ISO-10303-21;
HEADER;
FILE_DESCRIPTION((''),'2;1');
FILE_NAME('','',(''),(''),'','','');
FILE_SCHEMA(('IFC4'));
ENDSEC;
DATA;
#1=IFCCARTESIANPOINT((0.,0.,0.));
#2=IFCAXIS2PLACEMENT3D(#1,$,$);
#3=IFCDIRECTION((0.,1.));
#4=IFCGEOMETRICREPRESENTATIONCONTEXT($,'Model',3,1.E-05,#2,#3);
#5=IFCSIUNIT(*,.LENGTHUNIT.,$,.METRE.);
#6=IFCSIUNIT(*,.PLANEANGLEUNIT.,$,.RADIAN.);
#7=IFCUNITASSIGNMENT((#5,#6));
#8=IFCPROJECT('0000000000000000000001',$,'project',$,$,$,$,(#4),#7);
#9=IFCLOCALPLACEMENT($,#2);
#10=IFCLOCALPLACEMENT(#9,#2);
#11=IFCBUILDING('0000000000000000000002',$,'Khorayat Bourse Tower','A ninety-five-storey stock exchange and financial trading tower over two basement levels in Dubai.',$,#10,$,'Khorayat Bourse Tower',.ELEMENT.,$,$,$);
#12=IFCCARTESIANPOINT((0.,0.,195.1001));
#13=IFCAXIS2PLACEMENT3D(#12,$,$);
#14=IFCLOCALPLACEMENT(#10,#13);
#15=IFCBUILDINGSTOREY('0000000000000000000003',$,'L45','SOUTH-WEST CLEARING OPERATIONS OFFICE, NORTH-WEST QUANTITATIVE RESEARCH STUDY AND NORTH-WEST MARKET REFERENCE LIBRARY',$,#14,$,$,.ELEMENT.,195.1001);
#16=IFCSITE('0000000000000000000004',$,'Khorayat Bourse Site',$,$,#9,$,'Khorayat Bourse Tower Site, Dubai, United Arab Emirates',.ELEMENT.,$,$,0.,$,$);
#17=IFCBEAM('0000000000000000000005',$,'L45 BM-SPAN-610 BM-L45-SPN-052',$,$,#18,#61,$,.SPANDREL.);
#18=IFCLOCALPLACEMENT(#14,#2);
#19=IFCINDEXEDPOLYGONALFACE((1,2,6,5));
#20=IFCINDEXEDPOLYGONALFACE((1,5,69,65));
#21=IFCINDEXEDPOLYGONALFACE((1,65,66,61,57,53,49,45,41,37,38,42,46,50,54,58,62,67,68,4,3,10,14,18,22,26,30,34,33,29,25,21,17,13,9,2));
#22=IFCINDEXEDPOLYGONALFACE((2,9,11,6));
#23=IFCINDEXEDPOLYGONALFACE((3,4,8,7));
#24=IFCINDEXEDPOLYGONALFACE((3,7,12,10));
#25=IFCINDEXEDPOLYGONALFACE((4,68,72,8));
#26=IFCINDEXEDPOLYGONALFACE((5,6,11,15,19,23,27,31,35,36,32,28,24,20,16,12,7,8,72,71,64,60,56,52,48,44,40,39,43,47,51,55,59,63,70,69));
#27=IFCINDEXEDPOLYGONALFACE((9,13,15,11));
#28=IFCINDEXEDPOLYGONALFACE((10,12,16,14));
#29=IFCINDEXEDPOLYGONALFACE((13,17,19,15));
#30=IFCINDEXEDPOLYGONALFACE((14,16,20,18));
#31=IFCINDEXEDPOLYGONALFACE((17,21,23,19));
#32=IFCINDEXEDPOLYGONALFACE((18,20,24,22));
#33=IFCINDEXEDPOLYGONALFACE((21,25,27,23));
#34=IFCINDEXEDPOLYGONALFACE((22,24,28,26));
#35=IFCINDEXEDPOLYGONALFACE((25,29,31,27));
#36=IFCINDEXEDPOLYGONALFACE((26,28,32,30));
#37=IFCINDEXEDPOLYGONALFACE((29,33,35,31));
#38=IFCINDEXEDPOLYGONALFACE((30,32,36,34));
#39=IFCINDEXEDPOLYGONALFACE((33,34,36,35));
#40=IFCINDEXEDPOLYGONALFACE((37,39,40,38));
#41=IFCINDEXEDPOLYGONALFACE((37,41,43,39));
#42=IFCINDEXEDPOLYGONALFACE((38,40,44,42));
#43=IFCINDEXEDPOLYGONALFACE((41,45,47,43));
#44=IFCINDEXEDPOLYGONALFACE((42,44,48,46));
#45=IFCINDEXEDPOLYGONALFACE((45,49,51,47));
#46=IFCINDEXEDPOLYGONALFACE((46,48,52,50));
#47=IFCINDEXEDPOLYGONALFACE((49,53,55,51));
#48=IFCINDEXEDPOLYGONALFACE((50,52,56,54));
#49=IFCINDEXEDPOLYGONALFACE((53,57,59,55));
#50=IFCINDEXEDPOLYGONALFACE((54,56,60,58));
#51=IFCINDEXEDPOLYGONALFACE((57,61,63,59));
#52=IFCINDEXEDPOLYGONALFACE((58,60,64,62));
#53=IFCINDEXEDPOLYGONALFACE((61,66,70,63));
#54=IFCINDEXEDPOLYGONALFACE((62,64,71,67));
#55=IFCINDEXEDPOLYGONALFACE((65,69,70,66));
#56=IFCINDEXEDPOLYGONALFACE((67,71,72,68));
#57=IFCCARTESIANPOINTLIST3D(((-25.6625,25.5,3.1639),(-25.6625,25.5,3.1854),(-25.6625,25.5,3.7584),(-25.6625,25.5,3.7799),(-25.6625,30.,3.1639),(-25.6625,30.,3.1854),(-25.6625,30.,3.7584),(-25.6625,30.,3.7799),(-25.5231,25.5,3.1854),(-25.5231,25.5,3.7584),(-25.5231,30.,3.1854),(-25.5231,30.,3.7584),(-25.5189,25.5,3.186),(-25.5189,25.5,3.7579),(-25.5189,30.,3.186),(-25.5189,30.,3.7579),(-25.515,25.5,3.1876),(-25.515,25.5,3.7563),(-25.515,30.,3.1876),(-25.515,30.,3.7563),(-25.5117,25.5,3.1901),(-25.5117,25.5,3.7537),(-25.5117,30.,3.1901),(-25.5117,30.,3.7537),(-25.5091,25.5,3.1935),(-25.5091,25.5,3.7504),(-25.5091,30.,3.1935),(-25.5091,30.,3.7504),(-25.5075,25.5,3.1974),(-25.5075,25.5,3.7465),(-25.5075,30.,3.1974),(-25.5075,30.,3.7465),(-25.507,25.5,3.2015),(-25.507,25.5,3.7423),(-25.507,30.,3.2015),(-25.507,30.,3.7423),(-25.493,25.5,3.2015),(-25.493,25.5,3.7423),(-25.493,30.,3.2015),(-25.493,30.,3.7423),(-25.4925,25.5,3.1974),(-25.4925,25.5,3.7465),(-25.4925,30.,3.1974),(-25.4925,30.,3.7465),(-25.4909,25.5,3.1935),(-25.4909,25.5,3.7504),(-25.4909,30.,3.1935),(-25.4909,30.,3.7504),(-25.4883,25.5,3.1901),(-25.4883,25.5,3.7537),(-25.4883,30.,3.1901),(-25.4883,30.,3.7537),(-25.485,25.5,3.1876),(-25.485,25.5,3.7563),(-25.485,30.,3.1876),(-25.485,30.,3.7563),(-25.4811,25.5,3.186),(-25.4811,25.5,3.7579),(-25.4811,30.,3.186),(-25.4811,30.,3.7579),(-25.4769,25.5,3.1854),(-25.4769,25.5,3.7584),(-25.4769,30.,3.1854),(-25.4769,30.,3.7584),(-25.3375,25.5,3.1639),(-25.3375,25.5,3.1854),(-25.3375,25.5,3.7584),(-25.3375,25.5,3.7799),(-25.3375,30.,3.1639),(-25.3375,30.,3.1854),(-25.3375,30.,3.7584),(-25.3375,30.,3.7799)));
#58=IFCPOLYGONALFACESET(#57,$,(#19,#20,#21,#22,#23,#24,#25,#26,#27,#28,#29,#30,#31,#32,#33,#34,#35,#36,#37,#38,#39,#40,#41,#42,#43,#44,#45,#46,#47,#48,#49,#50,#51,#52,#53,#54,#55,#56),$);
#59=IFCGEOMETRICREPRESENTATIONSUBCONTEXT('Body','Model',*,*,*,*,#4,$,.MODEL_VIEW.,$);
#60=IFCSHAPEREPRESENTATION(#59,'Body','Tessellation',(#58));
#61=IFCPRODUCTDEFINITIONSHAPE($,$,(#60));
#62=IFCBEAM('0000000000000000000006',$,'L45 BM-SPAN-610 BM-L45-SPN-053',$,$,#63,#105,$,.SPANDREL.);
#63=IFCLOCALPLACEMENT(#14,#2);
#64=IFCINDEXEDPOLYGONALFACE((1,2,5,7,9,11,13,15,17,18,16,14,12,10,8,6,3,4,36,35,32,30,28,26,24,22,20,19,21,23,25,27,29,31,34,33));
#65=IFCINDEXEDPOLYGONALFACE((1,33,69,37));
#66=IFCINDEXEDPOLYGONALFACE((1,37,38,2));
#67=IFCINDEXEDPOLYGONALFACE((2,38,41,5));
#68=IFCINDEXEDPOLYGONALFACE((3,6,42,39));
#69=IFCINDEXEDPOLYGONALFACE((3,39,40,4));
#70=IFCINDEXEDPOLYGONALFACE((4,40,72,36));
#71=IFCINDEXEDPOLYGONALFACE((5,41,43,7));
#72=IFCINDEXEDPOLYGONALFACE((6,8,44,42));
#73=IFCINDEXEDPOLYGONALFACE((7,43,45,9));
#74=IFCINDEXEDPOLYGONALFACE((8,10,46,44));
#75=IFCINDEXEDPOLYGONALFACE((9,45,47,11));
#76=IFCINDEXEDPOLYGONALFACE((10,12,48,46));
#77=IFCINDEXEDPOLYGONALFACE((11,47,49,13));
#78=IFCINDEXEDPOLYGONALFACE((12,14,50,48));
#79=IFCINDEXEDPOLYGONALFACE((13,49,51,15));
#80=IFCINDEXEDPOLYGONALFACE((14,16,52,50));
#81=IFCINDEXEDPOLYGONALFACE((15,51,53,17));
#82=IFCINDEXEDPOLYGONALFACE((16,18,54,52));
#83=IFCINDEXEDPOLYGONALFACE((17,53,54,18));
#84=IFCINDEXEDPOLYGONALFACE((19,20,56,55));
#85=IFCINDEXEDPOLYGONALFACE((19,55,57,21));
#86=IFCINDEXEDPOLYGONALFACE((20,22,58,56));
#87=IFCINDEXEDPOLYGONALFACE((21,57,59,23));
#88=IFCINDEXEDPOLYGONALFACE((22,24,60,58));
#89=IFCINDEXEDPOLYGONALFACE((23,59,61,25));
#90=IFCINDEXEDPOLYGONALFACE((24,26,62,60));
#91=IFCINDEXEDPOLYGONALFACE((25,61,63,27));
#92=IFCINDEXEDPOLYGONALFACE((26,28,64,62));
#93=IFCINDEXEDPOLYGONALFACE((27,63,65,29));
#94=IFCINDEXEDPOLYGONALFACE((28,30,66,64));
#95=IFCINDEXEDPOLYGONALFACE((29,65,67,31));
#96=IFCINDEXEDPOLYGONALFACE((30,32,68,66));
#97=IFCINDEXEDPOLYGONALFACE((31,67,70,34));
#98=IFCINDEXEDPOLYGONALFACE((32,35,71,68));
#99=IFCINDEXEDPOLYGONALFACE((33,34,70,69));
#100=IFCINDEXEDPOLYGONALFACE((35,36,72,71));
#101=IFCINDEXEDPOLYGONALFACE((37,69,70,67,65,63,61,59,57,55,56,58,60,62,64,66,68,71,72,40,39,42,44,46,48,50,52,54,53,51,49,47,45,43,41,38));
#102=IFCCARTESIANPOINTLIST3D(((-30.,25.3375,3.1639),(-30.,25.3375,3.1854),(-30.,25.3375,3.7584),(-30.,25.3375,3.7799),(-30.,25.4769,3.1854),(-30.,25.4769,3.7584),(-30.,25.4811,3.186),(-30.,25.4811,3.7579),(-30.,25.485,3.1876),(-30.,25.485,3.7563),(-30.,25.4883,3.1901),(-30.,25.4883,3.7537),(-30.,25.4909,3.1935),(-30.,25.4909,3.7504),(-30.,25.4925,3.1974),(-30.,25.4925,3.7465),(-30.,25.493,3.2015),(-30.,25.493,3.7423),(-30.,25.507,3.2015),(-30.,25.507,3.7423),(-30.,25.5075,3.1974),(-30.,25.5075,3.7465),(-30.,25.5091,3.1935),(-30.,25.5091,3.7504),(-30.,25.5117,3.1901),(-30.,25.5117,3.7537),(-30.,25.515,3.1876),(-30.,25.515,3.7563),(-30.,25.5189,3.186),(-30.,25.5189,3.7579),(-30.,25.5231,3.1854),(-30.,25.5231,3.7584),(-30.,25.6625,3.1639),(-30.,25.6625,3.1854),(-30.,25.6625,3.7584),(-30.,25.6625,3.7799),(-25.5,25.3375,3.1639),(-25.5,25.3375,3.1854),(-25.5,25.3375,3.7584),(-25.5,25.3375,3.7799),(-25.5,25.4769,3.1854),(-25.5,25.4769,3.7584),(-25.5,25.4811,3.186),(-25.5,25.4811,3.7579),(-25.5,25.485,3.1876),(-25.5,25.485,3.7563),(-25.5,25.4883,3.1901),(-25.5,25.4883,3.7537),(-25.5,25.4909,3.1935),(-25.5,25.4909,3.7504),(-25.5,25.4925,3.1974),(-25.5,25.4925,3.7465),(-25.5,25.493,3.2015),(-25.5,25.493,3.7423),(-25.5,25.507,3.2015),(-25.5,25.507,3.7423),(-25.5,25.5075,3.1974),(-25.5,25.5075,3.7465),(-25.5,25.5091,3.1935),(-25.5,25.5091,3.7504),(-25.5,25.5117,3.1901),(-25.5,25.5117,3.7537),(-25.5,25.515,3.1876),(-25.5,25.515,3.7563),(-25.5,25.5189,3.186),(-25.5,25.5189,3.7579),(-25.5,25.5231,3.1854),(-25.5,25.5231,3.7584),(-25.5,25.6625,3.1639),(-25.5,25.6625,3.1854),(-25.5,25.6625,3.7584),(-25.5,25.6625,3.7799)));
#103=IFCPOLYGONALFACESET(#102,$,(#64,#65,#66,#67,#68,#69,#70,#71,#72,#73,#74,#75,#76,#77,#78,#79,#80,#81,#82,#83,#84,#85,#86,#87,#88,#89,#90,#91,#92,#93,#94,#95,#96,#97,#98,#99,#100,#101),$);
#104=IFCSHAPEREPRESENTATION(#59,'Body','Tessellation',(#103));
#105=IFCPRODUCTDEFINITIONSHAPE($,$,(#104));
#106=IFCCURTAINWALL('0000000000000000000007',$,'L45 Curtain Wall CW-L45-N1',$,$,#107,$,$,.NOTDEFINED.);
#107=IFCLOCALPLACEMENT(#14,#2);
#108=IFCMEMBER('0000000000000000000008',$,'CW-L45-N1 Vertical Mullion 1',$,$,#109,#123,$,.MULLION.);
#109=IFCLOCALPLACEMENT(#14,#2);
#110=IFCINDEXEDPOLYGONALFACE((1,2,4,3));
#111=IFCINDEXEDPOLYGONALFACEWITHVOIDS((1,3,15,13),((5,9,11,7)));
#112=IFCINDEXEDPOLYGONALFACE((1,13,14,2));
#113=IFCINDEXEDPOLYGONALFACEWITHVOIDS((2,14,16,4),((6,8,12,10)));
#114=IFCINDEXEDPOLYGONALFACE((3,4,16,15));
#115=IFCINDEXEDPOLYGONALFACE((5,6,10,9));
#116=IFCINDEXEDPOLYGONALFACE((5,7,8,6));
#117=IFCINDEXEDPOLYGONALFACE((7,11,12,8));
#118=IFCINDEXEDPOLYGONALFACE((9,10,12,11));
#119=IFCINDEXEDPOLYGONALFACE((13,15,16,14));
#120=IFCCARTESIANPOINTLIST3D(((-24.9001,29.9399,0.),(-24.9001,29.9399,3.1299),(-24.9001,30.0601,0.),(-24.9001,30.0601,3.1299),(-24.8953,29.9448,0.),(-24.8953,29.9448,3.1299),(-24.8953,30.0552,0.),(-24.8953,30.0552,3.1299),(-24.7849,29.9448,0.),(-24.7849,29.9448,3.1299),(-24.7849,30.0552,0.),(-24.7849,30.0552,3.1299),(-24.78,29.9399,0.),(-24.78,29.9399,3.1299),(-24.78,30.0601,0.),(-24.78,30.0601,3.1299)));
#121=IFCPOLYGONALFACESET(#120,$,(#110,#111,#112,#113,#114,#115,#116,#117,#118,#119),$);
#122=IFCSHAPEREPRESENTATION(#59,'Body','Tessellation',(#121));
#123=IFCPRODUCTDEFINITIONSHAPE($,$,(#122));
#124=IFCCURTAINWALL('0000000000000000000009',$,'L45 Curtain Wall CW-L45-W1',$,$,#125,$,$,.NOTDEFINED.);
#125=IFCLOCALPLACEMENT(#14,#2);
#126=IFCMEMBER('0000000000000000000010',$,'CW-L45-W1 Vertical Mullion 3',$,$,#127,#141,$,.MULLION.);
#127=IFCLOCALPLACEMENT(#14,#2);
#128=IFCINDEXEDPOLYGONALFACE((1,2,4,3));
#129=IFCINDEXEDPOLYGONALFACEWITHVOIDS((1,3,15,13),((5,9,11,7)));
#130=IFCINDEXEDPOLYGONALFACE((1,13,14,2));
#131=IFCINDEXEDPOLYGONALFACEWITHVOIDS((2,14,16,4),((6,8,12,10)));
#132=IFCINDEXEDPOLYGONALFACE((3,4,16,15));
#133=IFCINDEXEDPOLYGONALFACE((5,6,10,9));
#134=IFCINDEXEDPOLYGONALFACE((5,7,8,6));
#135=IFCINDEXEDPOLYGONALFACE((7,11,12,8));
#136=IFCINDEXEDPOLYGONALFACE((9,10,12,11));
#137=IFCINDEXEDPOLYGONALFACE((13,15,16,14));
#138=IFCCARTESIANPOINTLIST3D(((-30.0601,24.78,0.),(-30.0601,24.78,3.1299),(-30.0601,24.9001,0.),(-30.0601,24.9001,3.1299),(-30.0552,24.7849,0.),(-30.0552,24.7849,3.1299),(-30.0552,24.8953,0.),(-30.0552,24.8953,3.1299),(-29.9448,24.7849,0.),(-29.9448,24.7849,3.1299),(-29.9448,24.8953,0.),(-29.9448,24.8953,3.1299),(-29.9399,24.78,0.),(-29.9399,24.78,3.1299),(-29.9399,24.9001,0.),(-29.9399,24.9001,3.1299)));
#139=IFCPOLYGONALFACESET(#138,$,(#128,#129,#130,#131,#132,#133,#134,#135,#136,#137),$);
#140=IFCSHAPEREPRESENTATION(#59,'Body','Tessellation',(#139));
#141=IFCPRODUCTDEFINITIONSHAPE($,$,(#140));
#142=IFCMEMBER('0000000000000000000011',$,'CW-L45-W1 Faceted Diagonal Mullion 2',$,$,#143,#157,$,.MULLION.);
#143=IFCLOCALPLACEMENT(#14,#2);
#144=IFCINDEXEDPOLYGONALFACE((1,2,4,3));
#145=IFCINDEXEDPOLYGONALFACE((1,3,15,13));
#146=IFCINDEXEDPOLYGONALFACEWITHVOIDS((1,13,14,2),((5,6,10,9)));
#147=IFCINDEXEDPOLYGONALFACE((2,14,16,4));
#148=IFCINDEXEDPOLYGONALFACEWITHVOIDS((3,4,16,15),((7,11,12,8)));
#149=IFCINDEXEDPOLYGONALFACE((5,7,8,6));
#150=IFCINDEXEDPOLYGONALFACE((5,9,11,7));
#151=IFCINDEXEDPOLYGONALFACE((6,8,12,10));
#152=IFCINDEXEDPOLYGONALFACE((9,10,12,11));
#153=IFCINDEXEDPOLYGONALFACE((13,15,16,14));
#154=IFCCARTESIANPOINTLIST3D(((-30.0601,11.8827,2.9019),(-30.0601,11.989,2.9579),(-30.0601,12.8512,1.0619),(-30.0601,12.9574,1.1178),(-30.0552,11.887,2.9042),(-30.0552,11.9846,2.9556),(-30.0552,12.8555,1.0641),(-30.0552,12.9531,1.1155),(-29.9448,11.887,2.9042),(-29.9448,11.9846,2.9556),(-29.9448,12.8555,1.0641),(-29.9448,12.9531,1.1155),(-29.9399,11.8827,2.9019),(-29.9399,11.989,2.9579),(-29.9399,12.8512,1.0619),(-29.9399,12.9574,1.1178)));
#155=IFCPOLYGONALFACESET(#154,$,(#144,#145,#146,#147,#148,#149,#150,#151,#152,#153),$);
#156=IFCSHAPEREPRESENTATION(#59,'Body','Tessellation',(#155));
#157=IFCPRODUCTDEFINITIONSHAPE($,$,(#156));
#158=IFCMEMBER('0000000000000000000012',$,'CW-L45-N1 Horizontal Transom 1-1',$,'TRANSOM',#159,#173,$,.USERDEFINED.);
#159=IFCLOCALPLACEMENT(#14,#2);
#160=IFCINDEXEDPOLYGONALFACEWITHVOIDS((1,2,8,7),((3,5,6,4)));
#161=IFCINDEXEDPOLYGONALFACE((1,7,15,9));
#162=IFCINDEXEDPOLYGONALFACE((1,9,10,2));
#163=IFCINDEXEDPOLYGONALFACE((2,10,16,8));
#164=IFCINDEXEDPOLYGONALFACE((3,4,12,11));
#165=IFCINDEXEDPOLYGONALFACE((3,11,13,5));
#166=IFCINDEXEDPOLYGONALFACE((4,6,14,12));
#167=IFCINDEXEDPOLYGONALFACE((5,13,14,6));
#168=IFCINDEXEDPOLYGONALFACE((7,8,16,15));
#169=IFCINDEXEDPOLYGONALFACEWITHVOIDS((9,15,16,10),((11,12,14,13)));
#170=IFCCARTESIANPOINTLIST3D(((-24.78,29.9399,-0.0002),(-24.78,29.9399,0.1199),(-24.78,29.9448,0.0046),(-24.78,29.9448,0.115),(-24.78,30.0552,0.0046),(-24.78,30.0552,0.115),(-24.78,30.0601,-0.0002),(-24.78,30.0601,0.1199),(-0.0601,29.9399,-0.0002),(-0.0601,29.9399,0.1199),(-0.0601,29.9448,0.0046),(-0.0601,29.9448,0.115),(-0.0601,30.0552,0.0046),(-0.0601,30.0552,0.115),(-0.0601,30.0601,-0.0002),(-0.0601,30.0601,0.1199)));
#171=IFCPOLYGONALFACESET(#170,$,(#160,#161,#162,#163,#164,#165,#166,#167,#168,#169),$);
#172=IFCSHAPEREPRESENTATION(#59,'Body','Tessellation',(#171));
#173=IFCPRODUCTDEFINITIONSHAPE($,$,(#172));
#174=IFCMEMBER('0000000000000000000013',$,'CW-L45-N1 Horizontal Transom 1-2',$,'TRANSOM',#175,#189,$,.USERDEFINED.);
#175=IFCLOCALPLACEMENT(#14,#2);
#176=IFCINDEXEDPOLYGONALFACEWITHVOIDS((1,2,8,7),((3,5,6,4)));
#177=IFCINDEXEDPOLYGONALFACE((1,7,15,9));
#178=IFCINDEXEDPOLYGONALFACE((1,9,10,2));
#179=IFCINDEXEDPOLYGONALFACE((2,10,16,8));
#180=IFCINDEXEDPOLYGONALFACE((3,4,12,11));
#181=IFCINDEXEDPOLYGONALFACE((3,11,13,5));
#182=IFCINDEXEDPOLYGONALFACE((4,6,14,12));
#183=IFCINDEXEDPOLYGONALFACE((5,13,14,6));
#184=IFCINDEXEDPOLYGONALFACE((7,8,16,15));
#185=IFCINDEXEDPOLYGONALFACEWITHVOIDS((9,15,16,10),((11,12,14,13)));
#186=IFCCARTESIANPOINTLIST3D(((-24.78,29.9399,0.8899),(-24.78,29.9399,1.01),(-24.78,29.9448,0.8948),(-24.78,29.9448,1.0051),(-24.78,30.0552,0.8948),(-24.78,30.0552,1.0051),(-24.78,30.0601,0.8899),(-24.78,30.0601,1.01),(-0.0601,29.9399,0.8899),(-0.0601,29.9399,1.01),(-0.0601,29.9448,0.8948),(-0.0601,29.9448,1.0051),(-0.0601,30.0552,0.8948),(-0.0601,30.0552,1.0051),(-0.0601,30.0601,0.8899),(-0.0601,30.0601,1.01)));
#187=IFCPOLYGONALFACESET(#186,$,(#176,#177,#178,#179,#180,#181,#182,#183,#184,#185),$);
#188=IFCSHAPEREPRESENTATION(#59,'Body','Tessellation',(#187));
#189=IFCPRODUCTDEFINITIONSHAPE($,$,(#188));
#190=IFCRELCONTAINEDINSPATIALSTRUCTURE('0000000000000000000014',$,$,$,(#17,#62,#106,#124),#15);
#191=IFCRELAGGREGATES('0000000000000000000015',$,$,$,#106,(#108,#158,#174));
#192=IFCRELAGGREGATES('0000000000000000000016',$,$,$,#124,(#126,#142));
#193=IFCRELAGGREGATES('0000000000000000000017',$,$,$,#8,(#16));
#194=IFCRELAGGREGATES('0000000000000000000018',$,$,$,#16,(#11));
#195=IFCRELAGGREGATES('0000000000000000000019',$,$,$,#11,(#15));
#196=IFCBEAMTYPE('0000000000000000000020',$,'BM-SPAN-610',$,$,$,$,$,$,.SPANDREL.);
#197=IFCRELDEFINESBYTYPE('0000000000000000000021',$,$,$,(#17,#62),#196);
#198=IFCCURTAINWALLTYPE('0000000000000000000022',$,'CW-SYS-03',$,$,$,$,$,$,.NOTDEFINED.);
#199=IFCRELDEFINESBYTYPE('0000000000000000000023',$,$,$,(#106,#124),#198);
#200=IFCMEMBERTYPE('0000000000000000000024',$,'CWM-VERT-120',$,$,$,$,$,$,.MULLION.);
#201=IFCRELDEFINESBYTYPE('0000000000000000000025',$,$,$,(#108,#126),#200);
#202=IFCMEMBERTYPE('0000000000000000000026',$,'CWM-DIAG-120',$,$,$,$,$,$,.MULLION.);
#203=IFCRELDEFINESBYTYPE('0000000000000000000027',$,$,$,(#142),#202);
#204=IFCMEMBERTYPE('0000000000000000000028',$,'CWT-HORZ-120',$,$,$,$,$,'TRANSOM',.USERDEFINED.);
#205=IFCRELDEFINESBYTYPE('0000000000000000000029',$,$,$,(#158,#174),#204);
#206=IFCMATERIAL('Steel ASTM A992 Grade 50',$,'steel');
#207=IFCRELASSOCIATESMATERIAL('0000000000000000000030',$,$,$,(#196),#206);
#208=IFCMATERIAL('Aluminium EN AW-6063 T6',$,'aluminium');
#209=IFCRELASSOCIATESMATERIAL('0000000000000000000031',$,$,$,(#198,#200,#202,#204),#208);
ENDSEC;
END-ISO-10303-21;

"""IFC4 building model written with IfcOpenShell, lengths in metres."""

from ifc_helpers import new_model, si_unit, direction, frame, origin, origin_2d, place, context, subcontext, project, spatial, hollow_rectangle, i_section, extrude, source, transform, mapped, material, material_profile, profile_set, type_object, element, aggregate, save


model = new_model("IFC4")

# Units and contexts
model_context = context("Model", 3, precision=1e-05, world=origin(), true_north=direction((0.0, 1.0)))
body_context = subcontext(model_context, "Body", "Model", "MODEL_VIEW")
ifc_project = project(units=[si_unit("LENGTHUNIT", "METRE"), si_unit("PLANEANGLEUNIT", "RADIAN")], contexts=[model_context])

# Site, building, storey
site_placement = place(None, origin())
site = spatial("IfcSite", under=ifc_project, at=site_placement, Name="Khorayat Bourse Site", LongName="Khorayat Bourse Tower Site, Dubai, United Arab Emirates", CompositionType="ELEMENT", RefElevation=0.0)
building_placement = place(site_placement, origin())
building = spatial("IfcBuilding", under=site, at=building_placement, Name="Khorayat Bourse Tower", Description="A ninety-five-storey stock exchange and financial trading tower over two basement levels in Dubai.", LongName="Khorayat Bourse Tower", CompositionType="ELEMENT")
storey_placement = place(building_placement, frame((0.0, 0.0, 195.1001)))
storey = spatial("IfcBuildingStorey", under=building, at=storey_placement, Name="L45", Description="SOUTH-WEST CLEARING OPERATIONS OFFICE, NORTH-WEST QUANTITATIVE RESEARCH STUDY AND NORTH-WEST MARKET REFERENCE LIBRARY", CompositionType="ELEMENT", Elevation=195.1001)

# Beams
ifc_material_1 = material(Name="Steel ASTM A992 Grade 50", Category="steel")
ifc_material_profile_1 = material_profile(ifc_material_1, i_section(OverallWidth=0.325, OverallDepth=0.616, WebThickness=0.0139, FlangeThickness=0.0215, FilletRadius=0.0161, at=origin_2d()), Name="W610X174")
ifc_profile_set_1 = profile_set([ifc_material_profile_1], Name="Steel ASTM A992 Grade 50")
beam_type_1 = type_object("IfcBeamType", Name="BM-SPAN-610", PredefinedType="SPANDREL", material=ifc_profile_set_1)
shared_shape_1 = source(origin(), body_context, "Body", "SweptSolid", [
    extrude(i_section(OverallWidth=0.325, OverallDepth=0.616, WebThickness=0.0139, FlangeThickness=0.0215, FilletRadius=0.0161, at=origin_2d()), origin(), (0.0, 0.0, 1.0), 4.5),
])
for number, where, z_axis, x_axis, name in (
    (1, (-25.5, 25.5, 3.4719), (0.0, 1.0, 0.0), (-1.0, 0.0, 0.0), "L45 BM-SPAN-610 BM-L45-SPN-052"),
    (2, (-30.0, 25.5, 3.4719), (1.0, 0.0, 0.0), (0.0, 1.0, 0.0), "L45 BM-SPAN-610 BM-L45-SPN-053"),
):
    element("IfcBeam", number, at=place(storey_placement, frame(where, z_axis=z_axis, x_axis=x_axis)), inside=storey, type_object=beam_type_1, Name=name, PredefinedType="SPANDREL", context=body_context, shape_type="MappedRepresentation", body=[
        mapped(shared_shape_1, transform((0.0, 0.0, 0.0), scale=1.0)),
    ])

# Curtain wall, member
ifc_material_2 = material(Name="Aluminium EN AW-6063 T6", Category="aluminium")
curtain_wall_type = type_object("IfcCurtainWallType", Name="CW-SYS-03", PredefinedType="NOTDEFINED", material=ifc_material_2)
curtain_wall_1_placement = place(storey_placement, origin())
curtain_wall_1 = element("IfcCurtainWall", 3, at=curtain_wall_1_placement, inside=storey, type_object=curtain_wall_type, Name="L45 Curtain Wall CW-L45-N1", PredefinedType="NOTDEFINED")
ifc_material_profile_2 = material_profile(ifc_material_2, hollow_rectangle(XDim=0.1201, YDim=0.1201, WallThickness=0.0049, at=origin_2d()), Name="ALU 120x120x5")
ifc_profile_set_2 = profile_set([ifc_material_profile_2], Name="Aluminium EN AW-6063 T6")
member_type_1 = type_object("IfcMemberType", Name="CWM-VERT-120", PredefinedType="MULLION", material=ifc_profile_set_2)
shared_shape_2 = source(origin(), body_context, "Body", "SweptSolid", [
    extrude(hollow_rectangle(XDim=0.1201, YDim=0.1201, WallThickness=0.0049, at=origin_2d()), origin(), (0.0, 0.0, 1.0), 3.1299),
])
member_1_placement = place(storey_placement, frame((-24.8401, 30.0, 0.0), z_axis=(0.0, 0.0, 1.0), x_axis=(0.0, 1.0, 0.0)))
member_1 = element("IfcMember", 4, at=member_1_placement, type_object=member_type_1, Name="CW-L45-N1 Vertical Mullion 1", PredefinedType="MULLION", context=body_context, shape_type="MappedRepresentation", body=[
    mapped(shared_shape_2, transform((0.0, 0.0, 0.0), scale=1.0)),
])

# Curtain wall, members
curtain_wall_2_placement = place(storey_placement, origin())
curtain_wall_2 = element("IfcCurtainWall", 5, at=curtain_wall_2_placement, inside=storey, type_object=curtain_wall_type, Name="L45 Curtain Wall CW-L45-W1", PredefinedType="NOTDEFINED")
member_2_placement = place(storey_placement, frame((-30.0, 24.8401, 0.0), z_axis=(0.0, 0.0, 1.0), x_axis=(-1.0, 0.0, 0.0)))
member_2 = element("IfcMember", 6, at=member_2_placement, type_object=member_type_1, Name="CW-L45-W1 Vertical Mullion 3", PredefinedType="MULLION", context=body_context, shape_type="MappedRepresentation", body=[
    mapped(shared_shape_2, transform((0.0, 0.0, 0.0), scale=1.0)),
])
ifc_material_profile_3 = material_profile(ifc_material_2, hollow_rectangle(XDim=0.1201, YDim=0.1201, WallThickness=0.0049, at=origin_2d()), Name="ALU 120x120x5")
ifc_profile_set_3 = profile_set([ifc_material_profile_3], Name="Aluminium EN AW-6063 T6")
member_type_2 = type_object("IfcMemberType", Name="CWM-DIAG-120", PredefinedType="MULLION", material=ifc_profile_set_3)
shared_shape_3 = source(origin(), body_context, "Body", "SweptSolid", [
    extrude(hollow_rectangle(XDim=0.1201, YDim=0.1201, WallThickness=0.0049, at=origin_2d()), origin(), (0.0, 0.0, 1.0), 2.0793),
])
member_3_placement = place(storey_placement, frame((-30.0, 12.9043, 1.0898), z_axis=(0.0, -0.465761, 0.884911), x_axis=(1.0, 0.0, 0.0)))
member_3 = element("IfcMember", 7, at=member_3_placement, type_object=member_type_2, Name="CW-L45-W1 Faceted Diagonal Mullion 2", PredefinedType="MULLION", context=body_context, shape_type="MappedRepresentation", body=[
    mapped(shared_shape_3, transform((0.0, 0.0, 0.0), scale=1.0)),
])

# Members
ifc_material_profile_4 = material_profile(ifc_material_2, hollow_rectangle(XDim=0.1201, YDim=0.1201, WallThickness=0.0049, at=origin_2d()), Name="ALU 120x120x5")
ifc_profile_set_4 = profile_set([ifc_material_profile_4], Name="Aluminium EN AW-6063 T6")
member_type_3 = type_object("IfcMemberType", Name="CWT-HORZ-120", ElementType="TRANSOM", PredefinedType="USERDEFINED", material=ifc_profile_set_4)
shared_shape_4 = source(origin(), body_context, "Body", "SweptSolid", [
    extrude(hollow_rectangle(XDim=0.1201, YDim=0.1201, WallThickness=0.0049, at=origin_2d()), origin(), (0.0, 0.0, 1.0), 24.72),
])
member_4_placement = place(storey_placement, frame((-24.78, 30.0, 0.0598), z_axis=(1.0, 0.0, 0.0), x_axis=(0.0, 1.0, 0.0)))
member_4 = element("IfcMember", 8, at=member_4_placement, type_object=member_type_3, Name="CW-L45-N1 Horizontal Transom 1-1", ObjectType="TRANSOM", PredefinedType="USERDEFINED", context=body_context, shape_type="MappedRepresentation", body=[
    mapped(shared_shape_4, transform((0.0, 0.0, 0.0), scale=1.0)),
])
member_5_placement = place(storey_placement, frame((-24.78, 30.0, 0.95), z_axis=(1.0, 0.0, 0.0), x_axis=(0.0, 1.0, 0.0)))
member_5 = element("IfcMember", 9, at=member_5_placement, type_object=member_type_3, Name="CW-L45-N1 Horizontal Transom 1-2", ObjectType="TRANSOM", PredefinedType="USERDEFINED", context=body_context, shape_type="MappedRepresentation", body=[
    mapped(shared_shape_4, transform((0.0, 0.0, 0.0), scale=1.0)),
])
aggregate(curtain_wall_1, [member_1, member_4, member_5])

aggregate(curtain_wall_2, [member_2, member_3])

save(model, "model.ifc")
